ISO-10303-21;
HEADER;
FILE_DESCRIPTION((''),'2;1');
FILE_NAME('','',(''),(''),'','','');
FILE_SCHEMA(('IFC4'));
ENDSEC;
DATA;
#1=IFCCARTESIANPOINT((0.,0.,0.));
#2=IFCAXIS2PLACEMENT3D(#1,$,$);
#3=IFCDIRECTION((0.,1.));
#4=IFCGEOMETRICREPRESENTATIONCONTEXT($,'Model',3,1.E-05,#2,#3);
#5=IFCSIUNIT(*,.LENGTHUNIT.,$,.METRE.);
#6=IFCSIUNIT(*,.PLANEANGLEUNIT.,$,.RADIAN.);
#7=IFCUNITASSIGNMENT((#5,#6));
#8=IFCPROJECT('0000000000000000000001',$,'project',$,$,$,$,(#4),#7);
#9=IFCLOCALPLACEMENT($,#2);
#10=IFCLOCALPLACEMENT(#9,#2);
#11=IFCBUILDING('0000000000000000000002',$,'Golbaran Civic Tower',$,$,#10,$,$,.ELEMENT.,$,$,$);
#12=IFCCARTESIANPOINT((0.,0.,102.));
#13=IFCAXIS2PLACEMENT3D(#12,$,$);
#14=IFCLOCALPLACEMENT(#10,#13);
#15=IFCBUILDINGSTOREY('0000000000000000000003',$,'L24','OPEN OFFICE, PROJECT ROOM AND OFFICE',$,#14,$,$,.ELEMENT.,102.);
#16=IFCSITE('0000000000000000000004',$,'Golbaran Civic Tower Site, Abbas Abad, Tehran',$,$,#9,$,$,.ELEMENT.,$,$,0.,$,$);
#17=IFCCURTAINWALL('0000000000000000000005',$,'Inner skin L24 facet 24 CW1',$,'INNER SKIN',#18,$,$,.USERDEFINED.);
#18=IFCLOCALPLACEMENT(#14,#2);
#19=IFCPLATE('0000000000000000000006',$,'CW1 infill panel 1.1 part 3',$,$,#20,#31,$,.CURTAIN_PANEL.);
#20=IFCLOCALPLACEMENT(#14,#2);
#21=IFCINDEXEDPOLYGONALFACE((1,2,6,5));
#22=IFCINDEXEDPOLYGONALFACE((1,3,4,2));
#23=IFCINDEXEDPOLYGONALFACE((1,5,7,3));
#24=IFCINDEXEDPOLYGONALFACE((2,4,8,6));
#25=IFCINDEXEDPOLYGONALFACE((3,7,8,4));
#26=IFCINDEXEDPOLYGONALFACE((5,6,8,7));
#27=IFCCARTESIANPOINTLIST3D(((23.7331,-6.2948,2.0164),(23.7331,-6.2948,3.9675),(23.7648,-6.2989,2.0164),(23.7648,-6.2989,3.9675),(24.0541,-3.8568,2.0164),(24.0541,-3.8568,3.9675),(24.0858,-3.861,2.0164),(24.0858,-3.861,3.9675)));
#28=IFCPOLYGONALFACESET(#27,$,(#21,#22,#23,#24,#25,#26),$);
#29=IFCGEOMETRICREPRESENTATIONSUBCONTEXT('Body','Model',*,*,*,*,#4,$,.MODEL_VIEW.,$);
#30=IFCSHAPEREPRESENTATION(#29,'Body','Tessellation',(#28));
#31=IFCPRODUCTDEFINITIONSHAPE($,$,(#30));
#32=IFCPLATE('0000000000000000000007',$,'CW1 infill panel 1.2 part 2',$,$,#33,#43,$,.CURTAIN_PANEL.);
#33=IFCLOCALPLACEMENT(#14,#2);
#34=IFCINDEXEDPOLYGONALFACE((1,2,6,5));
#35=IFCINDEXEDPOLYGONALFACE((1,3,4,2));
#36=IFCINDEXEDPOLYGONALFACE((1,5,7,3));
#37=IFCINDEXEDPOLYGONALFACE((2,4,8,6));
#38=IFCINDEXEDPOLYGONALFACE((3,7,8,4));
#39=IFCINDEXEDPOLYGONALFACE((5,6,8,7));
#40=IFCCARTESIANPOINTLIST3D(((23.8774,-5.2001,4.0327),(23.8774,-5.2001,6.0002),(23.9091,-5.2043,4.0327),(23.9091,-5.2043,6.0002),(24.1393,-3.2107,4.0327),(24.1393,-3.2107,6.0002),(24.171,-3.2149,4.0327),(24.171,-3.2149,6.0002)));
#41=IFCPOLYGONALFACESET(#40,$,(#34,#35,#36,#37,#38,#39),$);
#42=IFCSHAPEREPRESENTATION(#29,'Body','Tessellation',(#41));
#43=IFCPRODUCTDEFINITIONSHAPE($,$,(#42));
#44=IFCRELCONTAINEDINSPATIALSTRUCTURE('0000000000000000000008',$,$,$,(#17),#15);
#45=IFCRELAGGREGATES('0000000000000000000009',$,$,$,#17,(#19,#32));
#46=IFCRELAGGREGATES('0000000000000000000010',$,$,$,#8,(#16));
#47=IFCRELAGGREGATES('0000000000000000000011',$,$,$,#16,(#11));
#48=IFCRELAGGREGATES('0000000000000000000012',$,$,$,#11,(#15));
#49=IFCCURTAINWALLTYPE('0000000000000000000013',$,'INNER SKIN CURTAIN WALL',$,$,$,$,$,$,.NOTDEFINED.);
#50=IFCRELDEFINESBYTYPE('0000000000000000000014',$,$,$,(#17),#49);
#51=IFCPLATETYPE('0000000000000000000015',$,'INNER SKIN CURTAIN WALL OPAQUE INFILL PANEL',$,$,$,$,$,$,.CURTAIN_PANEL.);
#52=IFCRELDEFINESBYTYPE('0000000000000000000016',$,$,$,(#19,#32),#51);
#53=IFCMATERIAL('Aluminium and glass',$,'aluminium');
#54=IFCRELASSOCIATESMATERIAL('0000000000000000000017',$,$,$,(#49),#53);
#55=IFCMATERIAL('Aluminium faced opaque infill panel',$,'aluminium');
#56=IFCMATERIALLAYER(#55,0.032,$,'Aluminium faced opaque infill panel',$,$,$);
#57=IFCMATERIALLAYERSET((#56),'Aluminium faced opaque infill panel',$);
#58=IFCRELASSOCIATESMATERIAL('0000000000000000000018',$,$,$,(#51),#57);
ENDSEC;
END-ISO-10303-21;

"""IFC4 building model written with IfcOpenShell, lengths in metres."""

from ifc_helpers import new_model, si_unit, direction, frame, origin, origin_2d, place, context, subcontext, project, spatial, rectangle, extrude, material, layer, layer_set, type_object, element, aggregate, save


model = new_model("IFC4")

# Units and contexts
model_context = context("Model", 3, precision=1e-05, world=origin(), true_north=direction((0.0, 1.0)))
body_context = subcontext(model_context, "Body", "Model", "MODEL_VIEW")
ifc_project = project(units=[si_unit("LENGTHUNIT", "METRE"), si_unit("PLANEANGLEUNIT", "RADIAN")], contexts=[model_context])

# Site, building, storey
site_placement = place(None, origin())
site = spatial("IfcSite", under=ifc_project, at=site_placement, Name="Golbaran Civic Tower Site, Abbas Abad, Tehran", CompositionType="ELEMENT", RefElevation=0.0)
building_placement = place(site_placement, origin())
building = spatial("IfcBuilding", under=site, at=building_placement, Name="Golbaran Civic Tower", CompositionType="ELEMENT")
storey_placement = place(building_placement, frame((0.0, 0.0, 102.0)))
storey = spatial("IfcBuildingStorey", under=building, at=storey_placement, Name="L24", Description="OPEN OFFICE, PROJECT ROOM AND OFFICE", CompositionType="ELEMENT", Elevation=102.0)

# Shared definitions
ifc_material_1 = material(Name="Aluminium and glass", Category="aluminium")
curtain_wall_type = type_object("IfcCurtainWallType", Name="INNER SKIN CURTAIN WALL", PredefinedType="NOTDEFINED", material=ifc_material_1)

# Curtain wall
curtain_wall_1_placement = place(storey_placement, origin())
curtain_wall_1 = element("IfcCurtainWall", 1, at=curtain_wall_1_placement, inside=storey, type_object=curtain_wall_type, Name="Inner skin L24 facet 24 CW1", ObjectType="INNER SKIN", PredefinedType="USERDEFINED")

# Plates
ifc_material_2 = material(Name="Aluminium faced opaque infill panel", Category="aluminium")
ifc_layer_1 = layer(ifc_material_2, 0.032, Name="Aluminium faced opaque infill panel")
ifc_layer_set_1 = layer_set([ifc_layer_1], Name="Aluminium faced opaque infill panel")
plate_type_1 = type_object("IfcPlateType", Name="INNER SKIN CURTAIN WALL OPAQUE INFILL PANEL", PredefinedType="CURTAIN_PANEL", material=ifc_layer_set_1)
plate_1_placement = place(storey_placement, frame((23.9094, -5.0779, 2.0164), z_axis=(0.0, 0.0, 1.0), x_axis=(0.130526, 0.991445, 0.0)))
plate_1 = element("IfcPlate", 2, at=plate_1_placement, type_object=plate_type_1, Name="CW1 infill panel 1.1 part 3", PredefinedType="CURTAIN_PANEL", context=body_context, shape_type="SweptSolid", body=[
    extrude(rectangle(XDim=2.459, YDim=0.032, at=origin_2d()), origin(), (0.0, 0.0, 1.0), 1.9512),
])
plate_2_placement = place(storey_placement, frame((24.0242, -4.2075, 4.0327), z_axis=(0.0, 0.0, 1.0), x_axis=(0.130526, 0.991445, 0.0)))
plate_2 = element("IfcPlate", 3, at=plate_2_placement, type_object=plate_type_1, Name="CW1 infill panel 1.2 part 2", PredefinedType="CURTAIN_PANEL", context=body_context, shape_type="SweptSolid", body=[
    extrude(rectangle(XDim=2.0066, YDim=0.032, at=origin_2d()), origin(), (0.0, 0.0, 1.0), 1.9675),
])
aggregate(curtain_wall_1, [plate_1, plate_2])

save(model, "model.ifc")
